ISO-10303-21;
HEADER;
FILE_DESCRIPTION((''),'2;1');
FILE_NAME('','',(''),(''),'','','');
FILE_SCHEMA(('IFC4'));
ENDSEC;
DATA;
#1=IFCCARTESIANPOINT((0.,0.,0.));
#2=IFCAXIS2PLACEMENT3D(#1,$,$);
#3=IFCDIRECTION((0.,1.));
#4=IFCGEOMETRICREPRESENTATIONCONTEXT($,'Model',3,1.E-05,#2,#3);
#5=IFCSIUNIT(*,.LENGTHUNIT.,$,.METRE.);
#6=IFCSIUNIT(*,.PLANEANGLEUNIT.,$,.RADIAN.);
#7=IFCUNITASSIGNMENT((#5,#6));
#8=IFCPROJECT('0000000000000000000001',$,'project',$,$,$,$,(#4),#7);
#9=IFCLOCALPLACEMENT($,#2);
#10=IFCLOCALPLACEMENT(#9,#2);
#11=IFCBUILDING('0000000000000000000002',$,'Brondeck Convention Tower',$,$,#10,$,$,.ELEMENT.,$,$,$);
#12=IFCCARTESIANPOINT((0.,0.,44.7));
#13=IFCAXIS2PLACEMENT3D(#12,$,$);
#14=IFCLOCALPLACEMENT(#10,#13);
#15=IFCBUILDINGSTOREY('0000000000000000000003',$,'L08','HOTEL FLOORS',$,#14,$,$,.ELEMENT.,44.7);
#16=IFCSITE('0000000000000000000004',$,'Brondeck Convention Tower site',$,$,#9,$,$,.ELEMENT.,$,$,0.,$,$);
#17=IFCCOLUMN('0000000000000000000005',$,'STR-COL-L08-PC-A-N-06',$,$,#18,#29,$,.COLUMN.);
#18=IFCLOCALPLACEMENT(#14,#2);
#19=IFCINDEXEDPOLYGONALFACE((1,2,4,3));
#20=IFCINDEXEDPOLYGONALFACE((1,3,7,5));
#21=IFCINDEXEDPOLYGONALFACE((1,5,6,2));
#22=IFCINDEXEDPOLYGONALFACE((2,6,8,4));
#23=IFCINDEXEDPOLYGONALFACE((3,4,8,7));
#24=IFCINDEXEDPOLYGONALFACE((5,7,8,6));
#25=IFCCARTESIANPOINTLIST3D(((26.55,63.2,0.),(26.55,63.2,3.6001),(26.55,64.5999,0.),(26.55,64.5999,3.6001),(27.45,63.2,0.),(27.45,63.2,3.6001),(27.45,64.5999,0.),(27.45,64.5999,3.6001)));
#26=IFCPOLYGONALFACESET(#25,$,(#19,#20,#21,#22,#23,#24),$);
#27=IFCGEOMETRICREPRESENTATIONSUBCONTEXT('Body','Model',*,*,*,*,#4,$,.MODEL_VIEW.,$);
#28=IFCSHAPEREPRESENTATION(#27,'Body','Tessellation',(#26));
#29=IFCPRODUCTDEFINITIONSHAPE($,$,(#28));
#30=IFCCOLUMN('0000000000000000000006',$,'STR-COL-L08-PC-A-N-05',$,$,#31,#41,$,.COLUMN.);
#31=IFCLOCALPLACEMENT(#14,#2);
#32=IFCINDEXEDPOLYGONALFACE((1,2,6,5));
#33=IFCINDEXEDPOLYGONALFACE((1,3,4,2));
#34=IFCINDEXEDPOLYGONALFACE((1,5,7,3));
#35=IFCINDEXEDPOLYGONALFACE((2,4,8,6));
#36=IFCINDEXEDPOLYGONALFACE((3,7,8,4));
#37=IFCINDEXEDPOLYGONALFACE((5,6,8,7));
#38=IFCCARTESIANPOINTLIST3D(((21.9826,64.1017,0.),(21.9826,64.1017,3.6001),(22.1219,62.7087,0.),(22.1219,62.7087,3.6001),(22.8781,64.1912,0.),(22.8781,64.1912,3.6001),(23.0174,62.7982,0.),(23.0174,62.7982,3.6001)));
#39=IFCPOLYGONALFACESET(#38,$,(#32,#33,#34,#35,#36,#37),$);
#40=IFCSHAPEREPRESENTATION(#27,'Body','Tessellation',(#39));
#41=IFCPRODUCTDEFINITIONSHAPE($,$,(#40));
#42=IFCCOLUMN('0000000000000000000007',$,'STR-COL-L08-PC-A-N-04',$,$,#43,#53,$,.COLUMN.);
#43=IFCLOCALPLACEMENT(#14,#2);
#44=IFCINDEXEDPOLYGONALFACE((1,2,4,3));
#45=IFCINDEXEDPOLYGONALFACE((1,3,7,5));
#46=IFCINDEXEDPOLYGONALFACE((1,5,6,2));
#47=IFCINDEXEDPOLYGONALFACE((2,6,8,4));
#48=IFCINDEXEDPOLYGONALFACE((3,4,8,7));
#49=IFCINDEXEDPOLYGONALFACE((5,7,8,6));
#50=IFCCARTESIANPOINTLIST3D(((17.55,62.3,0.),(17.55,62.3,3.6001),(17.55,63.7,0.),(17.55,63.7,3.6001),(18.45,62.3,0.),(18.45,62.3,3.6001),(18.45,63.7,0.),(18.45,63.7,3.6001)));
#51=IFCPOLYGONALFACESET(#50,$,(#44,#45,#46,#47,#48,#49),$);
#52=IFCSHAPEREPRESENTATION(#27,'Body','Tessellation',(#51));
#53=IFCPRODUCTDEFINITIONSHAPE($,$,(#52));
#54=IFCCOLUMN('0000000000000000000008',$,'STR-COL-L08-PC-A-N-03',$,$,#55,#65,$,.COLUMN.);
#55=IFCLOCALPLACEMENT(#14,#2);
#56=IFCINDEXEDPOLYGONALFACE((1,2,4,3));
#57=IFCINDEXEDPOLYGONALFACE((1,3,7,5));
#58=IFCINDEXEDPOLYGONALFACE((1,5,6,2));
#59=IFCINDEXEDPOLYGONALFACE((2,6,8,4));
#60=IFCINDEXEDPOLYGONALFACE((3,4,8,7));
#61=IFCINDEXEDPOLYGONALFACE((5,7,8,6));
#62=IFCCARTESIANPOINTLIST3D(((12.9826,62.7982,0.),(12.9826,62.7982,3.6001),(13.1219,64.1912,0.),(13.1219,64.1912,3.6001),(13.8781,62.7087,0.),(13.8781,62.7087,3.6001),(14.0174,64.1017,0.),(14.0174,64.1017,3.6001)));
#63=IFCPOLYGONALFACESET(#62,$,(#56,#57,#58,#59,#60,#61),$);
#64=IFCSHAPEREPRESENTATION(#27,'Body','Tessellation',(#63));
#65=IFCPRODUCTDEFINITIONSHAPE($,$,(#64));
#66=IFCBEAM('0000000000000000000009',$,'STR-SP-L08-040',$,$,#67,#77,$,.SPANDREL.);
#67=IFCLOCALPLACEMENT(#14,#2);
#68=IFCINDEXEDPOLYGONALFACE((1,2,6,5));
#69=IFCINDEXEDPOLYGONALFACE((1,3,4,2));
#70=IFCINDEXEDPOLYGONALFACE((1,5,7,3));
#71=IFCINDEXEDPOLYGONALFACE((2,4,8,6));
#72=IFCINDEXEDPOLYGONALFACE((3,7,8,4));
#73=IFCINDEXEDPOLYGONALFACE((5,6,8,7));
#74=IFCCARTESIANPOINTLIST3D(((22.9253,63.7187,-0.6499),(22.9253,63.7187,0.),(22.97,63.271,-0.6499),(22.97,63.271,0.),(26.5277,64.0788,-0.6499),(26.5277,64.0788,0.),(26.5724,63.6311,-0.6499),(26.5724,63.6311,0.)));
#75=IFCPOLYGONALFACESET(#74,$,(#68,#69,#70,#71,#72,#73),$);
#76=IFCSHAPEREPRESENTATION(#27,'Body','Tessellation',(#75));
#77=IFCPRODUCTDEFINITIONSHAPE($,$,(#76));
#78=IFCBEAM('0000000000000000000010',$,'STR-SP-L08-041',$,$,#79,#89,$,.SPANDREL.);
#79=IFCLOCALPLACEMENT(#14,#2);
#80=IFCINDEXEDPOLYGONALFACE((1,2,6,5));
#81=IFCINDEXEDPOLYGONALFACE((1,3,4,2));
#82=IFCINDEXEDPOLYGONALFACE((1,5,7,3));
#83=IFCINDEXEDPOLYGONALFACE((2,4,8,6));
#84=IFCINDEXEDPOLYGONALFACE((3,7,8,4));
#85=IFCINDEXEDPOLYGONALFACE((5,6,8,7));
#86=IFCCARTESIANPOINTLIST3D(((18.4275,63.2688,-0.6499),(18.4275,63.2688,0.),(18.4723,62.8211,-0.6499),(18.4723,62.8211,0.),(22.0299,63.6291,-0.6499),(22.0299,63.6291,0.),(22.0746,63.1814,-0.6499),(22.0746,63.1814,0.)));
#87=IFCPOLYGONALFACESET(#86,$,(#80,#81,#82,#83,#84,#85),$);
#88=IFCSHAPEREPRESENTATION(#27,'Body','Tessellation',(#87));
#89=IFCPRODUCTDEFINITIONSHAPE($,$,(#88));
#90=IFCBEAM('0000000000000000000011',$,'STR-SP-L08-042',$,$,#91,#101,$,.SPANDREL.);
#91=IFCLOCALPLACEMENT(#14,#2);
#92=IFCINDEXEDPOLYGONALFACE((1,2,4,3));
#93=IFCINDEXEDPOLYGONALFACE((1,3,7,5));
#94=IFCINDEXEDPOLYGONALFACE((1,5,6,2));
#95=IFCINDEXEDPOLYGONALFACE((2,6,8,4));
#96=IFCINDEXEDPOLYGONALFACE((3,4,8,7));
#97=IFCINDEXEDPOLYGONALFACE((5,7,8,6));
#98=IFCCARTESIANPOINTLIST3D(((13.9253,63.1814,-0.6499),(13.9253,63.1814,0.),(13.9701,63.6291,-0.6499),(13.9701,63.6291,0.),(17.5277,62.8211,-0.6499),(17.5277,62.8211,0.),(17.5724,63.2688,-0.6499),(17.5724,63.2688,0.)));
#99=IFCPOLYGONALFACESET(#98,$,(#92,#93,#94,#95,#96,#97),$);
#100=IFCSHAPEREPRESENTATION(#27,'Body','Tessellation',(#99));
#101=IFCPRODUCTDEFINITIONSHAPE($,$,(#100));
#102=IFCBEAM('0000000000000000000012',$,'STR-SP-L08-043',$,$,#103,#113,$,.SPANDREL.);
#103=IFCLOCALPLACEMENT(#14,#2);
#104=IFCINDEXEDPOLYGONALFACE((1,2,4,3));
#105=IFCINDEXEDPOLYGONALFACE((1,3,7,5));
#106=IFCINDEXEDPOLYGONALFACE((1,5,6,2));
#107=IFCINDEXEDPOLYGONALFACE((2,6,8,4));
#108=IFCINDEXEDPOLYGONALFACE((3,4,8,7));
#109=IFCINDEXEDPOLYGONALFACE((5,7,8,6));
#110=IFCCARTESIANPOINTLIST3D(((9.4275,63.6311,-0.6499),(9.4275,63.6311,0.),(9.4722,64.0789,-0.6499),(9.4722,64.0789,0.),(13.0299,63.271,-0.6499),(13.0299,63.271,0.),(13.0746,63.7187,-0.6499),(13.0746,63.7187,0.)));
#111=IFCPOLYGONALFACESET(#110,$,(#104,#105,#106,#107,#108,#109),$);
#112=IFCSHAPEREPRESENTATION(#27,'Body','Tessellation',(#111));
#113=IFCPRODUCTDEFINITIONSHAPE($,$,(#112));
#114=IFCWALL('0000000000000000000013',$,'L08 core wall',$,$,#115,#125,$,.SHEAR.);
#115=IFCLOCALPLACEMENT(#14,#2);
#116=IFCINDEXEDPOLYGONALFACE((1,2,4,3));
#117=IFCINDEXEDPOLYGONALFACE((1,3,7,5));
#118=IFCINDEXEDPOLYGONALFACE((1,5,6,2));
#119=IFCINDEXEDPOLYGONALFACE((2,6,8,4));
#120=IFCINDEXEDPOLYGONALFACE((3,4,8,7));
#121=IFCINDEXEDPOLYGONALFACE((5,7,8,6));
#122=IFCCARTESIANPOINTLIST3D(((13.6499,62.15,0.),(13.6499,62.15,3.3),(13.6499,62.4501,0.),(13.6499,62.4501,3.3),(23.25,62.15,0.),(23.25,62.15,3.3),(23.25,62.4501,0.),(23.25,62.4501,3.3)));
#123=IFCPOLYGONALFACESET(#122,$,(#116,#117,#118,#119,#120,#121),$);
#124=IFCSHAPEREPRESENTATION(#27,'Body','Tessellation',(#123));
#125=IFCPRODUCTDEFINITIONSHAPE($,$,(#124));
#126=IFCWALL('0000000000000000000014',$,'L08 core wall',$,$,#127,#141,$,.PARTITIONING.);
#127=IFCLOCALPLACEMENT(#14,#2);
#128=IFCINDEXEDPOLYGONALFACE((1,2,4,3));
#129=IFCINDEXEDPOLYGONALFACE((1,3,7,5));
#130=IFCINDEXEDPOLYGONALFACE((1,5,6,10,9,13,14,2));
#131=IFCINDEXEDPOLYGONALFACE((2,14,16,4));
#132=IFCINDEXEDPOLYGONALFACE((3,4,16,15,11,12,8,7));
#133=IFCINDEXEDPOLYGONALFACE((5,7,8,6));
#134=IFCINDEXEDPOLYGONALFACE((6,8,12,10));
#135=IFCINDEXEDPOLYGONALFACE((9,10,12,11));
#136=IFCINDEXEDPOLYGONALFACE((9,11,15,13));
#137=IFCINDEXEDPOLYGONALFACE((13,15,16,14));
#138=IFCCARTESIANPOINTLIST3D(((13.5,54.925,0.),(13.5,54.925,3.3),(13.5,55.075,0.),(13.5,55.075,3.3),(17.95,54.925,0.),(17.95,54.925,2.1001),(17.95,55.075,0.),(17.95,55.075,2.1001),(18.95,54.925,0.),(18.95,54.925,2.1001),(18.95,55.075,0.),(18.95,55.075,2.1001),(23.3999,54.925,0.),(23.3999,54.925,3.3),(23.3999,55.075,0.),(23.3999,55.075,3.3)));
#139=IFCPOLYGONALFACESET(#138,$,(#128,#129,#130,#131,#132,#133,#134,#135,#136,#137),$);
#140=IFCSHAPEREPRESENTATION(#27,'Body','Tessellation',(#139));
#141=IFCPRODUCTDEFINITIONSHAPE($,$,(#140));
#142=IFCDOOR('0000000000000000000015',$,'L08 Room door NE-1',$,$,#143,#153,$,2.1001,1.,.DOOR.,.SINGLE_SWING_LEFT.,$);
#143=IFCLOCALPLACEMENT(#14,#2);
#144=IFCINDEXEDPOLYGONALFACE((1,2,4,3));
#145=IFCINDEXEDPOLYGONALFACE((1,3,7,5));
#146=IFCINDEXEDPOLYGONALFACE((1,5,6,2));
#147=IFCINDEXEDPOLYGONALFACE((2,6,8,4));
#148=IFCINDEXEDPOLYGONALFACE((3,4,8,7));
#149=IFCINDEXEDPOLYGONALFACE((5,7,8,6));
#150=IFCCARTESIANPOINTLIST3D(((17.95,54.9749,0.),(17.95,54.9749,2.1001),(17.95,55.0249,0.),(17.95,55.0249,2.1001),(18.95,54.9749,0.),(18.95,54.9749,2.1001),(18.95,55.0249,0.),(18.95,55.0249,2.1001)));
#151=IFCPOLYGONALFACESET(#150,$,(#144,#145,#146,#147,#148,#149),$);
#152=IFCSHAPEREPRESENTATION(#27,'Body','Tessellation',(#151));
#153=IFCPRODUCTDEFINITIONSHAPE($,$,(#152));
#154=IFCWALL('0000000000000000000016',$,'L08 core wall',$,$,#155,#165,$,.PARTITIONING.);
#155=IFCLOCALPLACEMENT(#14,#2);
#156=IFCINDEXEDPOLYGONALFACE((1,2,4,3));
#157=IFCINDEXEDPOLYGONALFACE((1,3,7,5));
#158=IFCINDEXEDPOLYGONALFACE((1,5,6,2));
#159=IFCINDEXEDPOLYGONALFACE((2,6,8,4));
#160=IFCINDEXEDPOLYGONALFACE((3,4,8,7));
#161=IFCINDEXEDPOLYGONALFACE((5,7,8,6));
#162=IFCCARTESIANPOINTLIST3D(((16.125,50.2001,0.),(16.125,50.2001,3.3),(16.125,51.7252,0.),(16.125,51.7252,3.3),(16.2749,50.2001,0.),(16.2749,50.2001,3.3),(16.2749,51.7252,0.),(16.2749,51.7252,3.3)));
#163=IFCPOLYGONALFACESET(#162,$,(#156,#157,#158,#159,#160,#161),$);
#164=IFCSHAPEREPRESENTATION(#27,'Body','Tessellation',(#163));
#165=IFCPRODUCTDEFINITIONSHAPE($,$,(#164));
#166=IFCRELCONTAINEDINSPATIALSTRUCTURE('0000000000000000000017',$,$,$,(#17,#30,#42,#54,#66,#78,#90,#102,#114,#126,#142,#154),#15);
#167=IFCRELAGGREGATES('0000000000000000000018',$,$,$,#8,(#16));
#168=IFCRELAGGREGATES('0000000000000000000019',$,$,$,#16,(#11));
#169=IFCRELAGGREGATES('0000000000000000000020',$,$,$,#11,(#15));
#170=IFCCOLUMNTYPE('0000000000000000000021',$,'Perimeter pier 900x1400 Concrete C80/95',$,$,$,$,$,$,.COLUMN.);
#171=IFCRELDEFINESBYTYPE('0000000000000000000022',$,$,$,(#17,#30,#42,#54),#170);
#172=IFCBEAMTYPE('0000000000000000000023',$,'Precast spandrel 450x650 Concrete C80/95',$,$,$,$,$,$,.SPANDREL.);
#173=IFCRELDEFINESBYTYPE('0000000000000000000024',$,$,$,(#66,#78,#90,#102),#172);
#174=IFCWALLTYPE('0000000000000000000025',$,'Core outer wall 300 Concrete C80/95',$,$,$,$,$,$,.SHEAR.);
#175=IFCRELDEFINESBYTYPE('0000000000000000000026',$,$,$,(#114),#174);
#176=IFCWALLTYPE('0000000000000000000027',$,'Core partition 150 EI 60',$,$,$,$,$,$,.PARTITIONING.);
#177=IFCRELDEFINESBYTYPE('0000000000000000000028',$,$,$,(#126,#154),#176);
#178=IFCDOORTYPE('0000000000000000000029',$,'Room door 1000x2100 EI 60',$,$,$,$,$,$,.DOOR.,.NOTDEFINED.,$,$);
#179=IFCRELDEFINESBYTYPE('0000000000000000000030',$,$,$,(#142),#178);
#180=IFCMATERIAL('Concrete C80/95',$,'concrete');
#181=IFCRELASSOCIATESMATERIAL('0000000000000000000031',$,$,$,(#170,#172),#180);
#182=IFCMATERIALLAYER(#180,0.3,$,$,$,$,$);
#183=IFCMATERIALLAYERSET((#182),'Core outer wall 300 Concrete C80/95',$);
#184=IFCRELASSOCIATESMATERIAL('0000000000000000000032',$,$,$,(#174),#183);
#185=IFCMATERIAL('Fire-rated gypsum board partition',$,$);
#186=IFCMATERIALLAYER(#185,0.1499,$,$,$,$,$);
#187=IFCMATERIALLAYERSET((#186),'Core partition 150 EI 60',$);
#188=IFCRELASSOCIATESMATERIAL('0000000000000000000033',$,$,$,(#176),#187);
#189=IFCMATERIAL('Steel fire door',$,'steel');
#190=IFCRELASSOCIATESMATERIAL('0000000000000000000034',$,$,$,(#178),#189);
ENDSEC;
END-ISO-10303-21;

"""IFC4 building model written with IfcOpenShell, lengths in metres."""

from ifc_helpers import new_model, si_unit, direction, frame, frame_2d, origin, origin_2d, place, context, subcontext, project, spatial, rectangle, extrude, material, layer, layer_set, material_profile, profile_set, type_object, element, fill, save


model = new_model("IFC4")

# Units and contexts
model_context = context("Model", 3, precision=1e-05, world=origin(), true_north=direction((0.0, 1.0)))
body_context = subcontext(model_context, "Body", "Model", "MODEL_VIEW")
ifc_project = project(units=[si_unit("LENGTHUNIT", "METRE"), si_unit("PLANEANGLEUNIT", "RADIAN")], contexts=[model_context])

# Site, building, storey
site_placement = place(None, origin())
site = spatial("IfcSite", under=ifc_project, at=site_placement, Name="Brondeck Convention Tower site", CompositionType="ELEMENT", RefElevation=0.0)
building_placement = place(site_placement, origin())
building = spatial("IfcBuilding", under=site, at=building_placement, Name="Brondeck Convention Tower", CompositionType="ELEMENT")
storey_placement = place(building_placement, frame((0.0, 0.0, 44.7)))
storey = spatial("IfcBuildingStorey", under=building, at=storey_placement, Name="L08", Description="HOTEL FLOORS", CompositionType="ELEMENT", Elevation=44.7)

# Columns
ifc_material_1 = material(Name="Concrete C80/95", Category="concrete")
ifc_material_profile_1 = material_profile(ifc_material_1, rectangle(XDim=0.8999, YDim=1.3999, at=origin_2d()), Name="Perimeter pier 900x1400 Concrete C80/95")
ifc_profile_set_1 = profile_set([ifc_material_profile_1], Name="Concrete C80/95")
column_type = type_object("IfcColumnType", Name="Perimeter pier 900x1400 Concrete C80/95", PredefinedType="COLUMN", material=ifc_profile_set_1)
for number, where, z_axis, x_axis, name in (
    (1, (27.0, 63.8999, 0.0), (0.0, 0.0, 1.0), (-1.0, 0.0, 0.0), "STR-COL-L08-PC-A-N-06"),
    (2, (22.5, 63.45, 0.0), (0.0, 0.0, 1.0), (-0.995037, -0.099504, 0.0), "STR-COL-L08-PC-A-N-05"),
    (3, (18.0, 63.0, 0.0), (0.0, 0.0, 1.0), (-1.0, 0.0, 0.0), "STR-COL-L08-PC-A-N-04"),
    (4, (13.5, 63.45, 0.0), (0.0, 0.0, 1.0), (-0.995037, 0.099504, 0.0), "STR-COL-L08-PC-A-N-03"),
):
    element("IfcColumn", number, at=place(storey_placement, frame(where, z_axis=z_axis, x_axis=x_axis)), inside=storey, type_object=column_type, Name=name, PredefinedType="COLUMN", context=body_context, shape_type="SweptSolid", body=[
        extrude(rectangle(XDim=0.8999, YDim=1.3999, at=origin_2d()), origin(), (0.0, 0.0, 1.0), 3.6001),
    ])

# Beams
ifc_material_profile_2 = material_profile(ifc_material_1, rectangle(XDim=0.45, YDim=0.6499, at=origin_2d()), Name="Precast spandrel 450x650 Concrete C80/95")
ifc_profile_set_2 = profile_set([ifc_material_profile_2], Name="Concrete C80/95")
beam_type = type_object("IfcBeamType", Name="Precast spandrel 450x650 Concrete C80/95", PredefinedType="SPANDREL", material=ifc_profile_set_2)
for number, where, z_axis, x_axis, name in (
    (5, (26.55, 63.855, -0.325), (-0.995041, -0.09947, 0.0), (0.09947, -0.995041, 0.0), "STR-SP-L08-040"),
    (6, (22.0522, 63.4053, -0.325), (-0.995034, -0.099537, 0.0), (0.099537, -0.995034, 0.0), "STR-SP-L08-041"),
    (7, (17.55, 63.0449, -0.325), (-0.995034, 0.099537, 0.0), (-0.099537, -0.995034, 0.0), "STR-SP-L08-042"),
    (8, (13.0522, 63.4949, -0.325), (-0.995041, 0.09947, 0.0), (-0.09947, -0.995041, 0.0), "STR-SP-L08-043"),
):
    element("IfcBeam", number, at=place(storey_placement, frame(where, z_axis=z_axis, x_axis=x_axis)), inside=storey, type_object=beam_type, Name=name, PredefinedType="SPANDREL", context=body_context, shape_type="SweptSolid", body=[
        extrude(rectangle(XDim=0.45, YDim=0.6499, at=origin_2d()), origin(), (0.0, 0.0, 1.0), 3.6204),
    ])

# Wall
ifc_layer_1 = layer(ifc_material_1, 0.3)
ifc_layer_set_1 = layer_set([ifc_layer_1], Name="Core outer wall 300 Concrete C80/95")
wall_type_1 = type_object("IfcWallType", Name="Core outer wall 300 Concrete C80/95", PredefinedType="SHEAR", material=ifc_layer_set_1)
wall_1_placement = place(storey_placement, frame((13.6499, 62.3, 0.0), z_axis=(0.0, 0.0, 1.0), x_axis=(1.0, 0.0, 0.0)))
element("IfcWall", 9, at=wall_1_placement, inside=storey, type_object=wall_type_1, Name="L08 core wall", PredefinedType="SHEAR", context=body_context, shape_type="SweptSolid", body=[
    extrude(rectangle(XDim=9.6001, YDim=0.3, at=frame_2d((4.8, 0.0))), origin(), (0.0, 0.0, 1.0), 3.3),
])

# Wall, opening, door
ifc_material_2 = material(Name="Fire-rated gypsum board partition")
ifc_layer_2 = layer(ifc_material_2, 0.1499)
ifc_layer_set_2 = layer_set([ifc_layer_2], Name="Core partition 150 EI 60")
wall_type_2 = type_object("IfcWallType", Name="Core partition 150 EI 60", PredefinedType="PARTITIONING", material=ifc_layer_set_2)
wall_2_placement = place(storey_placement, frame((13.5, 55.0, 0.0), z_axis=(0.0, 0.0, 1.0), x_axis=(1.0, 0.0, 0.0)))
wall_2 = element("IfcWall", 10, at=wall_2_placement, inside=storey, type_object=wall_type_2, Name="L08 core wall", PredefinedType="PARTITIONING", context=body_context, shape_type="SweptSolid", body=[
    extrude(rectangle(XDim=9.8999, YDim=0.1499, at=frame_2d((4.95, 0.0))), origin(), (0.0, 0.0, 1.0), 3.3),
])
opening_1_placement = place(wall_2_placement, frame((4.45, 0.0, 0.0)))
opening_1 = element("IfcOpeningElement", 11, at=opening_1_placement, cuts=wall_2, PredefinedType="OPENING", context=body_context, shape_type="SweptSolid", body=[
    extrude(rectangle(XDim=1.0, YDim=2.1001, at=frame_2d((0.5, 1.05))), frame((0.0, 0.085, 0.0), z_axis=(0.0, -1.0, 0.0), x_axis=(1.0, 0.0, 0.0)), (0.0, 0.0, 1.0), 0.1699),
])
ifc_material_3 = material(Name="Steel fire door", Category="steel")
door_type_1 = type_object("IfcDoorType", Name="Room door 1000x2100 EI 60", OperationType="NOTDEFINED", PredefinedType="DOOR", material=ifc_material_3)
door_1_placement = place(opening_1_placement, origin())
door_1 = element("IfcDoor", 12, at=door_1_placement, inside=storey, type_object=door_type_1, Name="L08 Room door NE-1", OperationType="SINGLE_SWING_LEFT", OverallHeight=2.1001, OverallWidth=1.0, PredefinedType="DOOR", context=body_context, shape_type="SweptSolid", body=[
    extrude(rectangle(XDim=1.0, YDim=2.1001, at=frame_2d((0.5, 1.05))), frame((0.0, 0.0249, 0.0), z_axis=(0.0, -1.0, 0.0), x_axis=(1.0, 0.0, 0.0)), (0.0, 0.0, 1.0), 0.05),
])
fill(opening_1, door_1)

# Wall
wall_3_placement = place(storey_placement, frame((16.2, 50.2, 0.0), z_axis=(0.0, 0.0, 1.0), x_axis=(0.0, 1.0, 0.0)))
element("IfcWall", 13, at=wall_3_placement, inside=storey, type_object=wall_type_2, Name="L08 core wall", PredefinedType="PARTITIONING", context=body_context, shape_type="SweptSolid", body=[
    extrude(rectangle(XDim=1.5251, YDim=0.1499, at=frame_2d((0.7627, 0.0))), origin(), (0.0, 0.0, 1.0), 3.3),
])

save(model, "model.ifc")
